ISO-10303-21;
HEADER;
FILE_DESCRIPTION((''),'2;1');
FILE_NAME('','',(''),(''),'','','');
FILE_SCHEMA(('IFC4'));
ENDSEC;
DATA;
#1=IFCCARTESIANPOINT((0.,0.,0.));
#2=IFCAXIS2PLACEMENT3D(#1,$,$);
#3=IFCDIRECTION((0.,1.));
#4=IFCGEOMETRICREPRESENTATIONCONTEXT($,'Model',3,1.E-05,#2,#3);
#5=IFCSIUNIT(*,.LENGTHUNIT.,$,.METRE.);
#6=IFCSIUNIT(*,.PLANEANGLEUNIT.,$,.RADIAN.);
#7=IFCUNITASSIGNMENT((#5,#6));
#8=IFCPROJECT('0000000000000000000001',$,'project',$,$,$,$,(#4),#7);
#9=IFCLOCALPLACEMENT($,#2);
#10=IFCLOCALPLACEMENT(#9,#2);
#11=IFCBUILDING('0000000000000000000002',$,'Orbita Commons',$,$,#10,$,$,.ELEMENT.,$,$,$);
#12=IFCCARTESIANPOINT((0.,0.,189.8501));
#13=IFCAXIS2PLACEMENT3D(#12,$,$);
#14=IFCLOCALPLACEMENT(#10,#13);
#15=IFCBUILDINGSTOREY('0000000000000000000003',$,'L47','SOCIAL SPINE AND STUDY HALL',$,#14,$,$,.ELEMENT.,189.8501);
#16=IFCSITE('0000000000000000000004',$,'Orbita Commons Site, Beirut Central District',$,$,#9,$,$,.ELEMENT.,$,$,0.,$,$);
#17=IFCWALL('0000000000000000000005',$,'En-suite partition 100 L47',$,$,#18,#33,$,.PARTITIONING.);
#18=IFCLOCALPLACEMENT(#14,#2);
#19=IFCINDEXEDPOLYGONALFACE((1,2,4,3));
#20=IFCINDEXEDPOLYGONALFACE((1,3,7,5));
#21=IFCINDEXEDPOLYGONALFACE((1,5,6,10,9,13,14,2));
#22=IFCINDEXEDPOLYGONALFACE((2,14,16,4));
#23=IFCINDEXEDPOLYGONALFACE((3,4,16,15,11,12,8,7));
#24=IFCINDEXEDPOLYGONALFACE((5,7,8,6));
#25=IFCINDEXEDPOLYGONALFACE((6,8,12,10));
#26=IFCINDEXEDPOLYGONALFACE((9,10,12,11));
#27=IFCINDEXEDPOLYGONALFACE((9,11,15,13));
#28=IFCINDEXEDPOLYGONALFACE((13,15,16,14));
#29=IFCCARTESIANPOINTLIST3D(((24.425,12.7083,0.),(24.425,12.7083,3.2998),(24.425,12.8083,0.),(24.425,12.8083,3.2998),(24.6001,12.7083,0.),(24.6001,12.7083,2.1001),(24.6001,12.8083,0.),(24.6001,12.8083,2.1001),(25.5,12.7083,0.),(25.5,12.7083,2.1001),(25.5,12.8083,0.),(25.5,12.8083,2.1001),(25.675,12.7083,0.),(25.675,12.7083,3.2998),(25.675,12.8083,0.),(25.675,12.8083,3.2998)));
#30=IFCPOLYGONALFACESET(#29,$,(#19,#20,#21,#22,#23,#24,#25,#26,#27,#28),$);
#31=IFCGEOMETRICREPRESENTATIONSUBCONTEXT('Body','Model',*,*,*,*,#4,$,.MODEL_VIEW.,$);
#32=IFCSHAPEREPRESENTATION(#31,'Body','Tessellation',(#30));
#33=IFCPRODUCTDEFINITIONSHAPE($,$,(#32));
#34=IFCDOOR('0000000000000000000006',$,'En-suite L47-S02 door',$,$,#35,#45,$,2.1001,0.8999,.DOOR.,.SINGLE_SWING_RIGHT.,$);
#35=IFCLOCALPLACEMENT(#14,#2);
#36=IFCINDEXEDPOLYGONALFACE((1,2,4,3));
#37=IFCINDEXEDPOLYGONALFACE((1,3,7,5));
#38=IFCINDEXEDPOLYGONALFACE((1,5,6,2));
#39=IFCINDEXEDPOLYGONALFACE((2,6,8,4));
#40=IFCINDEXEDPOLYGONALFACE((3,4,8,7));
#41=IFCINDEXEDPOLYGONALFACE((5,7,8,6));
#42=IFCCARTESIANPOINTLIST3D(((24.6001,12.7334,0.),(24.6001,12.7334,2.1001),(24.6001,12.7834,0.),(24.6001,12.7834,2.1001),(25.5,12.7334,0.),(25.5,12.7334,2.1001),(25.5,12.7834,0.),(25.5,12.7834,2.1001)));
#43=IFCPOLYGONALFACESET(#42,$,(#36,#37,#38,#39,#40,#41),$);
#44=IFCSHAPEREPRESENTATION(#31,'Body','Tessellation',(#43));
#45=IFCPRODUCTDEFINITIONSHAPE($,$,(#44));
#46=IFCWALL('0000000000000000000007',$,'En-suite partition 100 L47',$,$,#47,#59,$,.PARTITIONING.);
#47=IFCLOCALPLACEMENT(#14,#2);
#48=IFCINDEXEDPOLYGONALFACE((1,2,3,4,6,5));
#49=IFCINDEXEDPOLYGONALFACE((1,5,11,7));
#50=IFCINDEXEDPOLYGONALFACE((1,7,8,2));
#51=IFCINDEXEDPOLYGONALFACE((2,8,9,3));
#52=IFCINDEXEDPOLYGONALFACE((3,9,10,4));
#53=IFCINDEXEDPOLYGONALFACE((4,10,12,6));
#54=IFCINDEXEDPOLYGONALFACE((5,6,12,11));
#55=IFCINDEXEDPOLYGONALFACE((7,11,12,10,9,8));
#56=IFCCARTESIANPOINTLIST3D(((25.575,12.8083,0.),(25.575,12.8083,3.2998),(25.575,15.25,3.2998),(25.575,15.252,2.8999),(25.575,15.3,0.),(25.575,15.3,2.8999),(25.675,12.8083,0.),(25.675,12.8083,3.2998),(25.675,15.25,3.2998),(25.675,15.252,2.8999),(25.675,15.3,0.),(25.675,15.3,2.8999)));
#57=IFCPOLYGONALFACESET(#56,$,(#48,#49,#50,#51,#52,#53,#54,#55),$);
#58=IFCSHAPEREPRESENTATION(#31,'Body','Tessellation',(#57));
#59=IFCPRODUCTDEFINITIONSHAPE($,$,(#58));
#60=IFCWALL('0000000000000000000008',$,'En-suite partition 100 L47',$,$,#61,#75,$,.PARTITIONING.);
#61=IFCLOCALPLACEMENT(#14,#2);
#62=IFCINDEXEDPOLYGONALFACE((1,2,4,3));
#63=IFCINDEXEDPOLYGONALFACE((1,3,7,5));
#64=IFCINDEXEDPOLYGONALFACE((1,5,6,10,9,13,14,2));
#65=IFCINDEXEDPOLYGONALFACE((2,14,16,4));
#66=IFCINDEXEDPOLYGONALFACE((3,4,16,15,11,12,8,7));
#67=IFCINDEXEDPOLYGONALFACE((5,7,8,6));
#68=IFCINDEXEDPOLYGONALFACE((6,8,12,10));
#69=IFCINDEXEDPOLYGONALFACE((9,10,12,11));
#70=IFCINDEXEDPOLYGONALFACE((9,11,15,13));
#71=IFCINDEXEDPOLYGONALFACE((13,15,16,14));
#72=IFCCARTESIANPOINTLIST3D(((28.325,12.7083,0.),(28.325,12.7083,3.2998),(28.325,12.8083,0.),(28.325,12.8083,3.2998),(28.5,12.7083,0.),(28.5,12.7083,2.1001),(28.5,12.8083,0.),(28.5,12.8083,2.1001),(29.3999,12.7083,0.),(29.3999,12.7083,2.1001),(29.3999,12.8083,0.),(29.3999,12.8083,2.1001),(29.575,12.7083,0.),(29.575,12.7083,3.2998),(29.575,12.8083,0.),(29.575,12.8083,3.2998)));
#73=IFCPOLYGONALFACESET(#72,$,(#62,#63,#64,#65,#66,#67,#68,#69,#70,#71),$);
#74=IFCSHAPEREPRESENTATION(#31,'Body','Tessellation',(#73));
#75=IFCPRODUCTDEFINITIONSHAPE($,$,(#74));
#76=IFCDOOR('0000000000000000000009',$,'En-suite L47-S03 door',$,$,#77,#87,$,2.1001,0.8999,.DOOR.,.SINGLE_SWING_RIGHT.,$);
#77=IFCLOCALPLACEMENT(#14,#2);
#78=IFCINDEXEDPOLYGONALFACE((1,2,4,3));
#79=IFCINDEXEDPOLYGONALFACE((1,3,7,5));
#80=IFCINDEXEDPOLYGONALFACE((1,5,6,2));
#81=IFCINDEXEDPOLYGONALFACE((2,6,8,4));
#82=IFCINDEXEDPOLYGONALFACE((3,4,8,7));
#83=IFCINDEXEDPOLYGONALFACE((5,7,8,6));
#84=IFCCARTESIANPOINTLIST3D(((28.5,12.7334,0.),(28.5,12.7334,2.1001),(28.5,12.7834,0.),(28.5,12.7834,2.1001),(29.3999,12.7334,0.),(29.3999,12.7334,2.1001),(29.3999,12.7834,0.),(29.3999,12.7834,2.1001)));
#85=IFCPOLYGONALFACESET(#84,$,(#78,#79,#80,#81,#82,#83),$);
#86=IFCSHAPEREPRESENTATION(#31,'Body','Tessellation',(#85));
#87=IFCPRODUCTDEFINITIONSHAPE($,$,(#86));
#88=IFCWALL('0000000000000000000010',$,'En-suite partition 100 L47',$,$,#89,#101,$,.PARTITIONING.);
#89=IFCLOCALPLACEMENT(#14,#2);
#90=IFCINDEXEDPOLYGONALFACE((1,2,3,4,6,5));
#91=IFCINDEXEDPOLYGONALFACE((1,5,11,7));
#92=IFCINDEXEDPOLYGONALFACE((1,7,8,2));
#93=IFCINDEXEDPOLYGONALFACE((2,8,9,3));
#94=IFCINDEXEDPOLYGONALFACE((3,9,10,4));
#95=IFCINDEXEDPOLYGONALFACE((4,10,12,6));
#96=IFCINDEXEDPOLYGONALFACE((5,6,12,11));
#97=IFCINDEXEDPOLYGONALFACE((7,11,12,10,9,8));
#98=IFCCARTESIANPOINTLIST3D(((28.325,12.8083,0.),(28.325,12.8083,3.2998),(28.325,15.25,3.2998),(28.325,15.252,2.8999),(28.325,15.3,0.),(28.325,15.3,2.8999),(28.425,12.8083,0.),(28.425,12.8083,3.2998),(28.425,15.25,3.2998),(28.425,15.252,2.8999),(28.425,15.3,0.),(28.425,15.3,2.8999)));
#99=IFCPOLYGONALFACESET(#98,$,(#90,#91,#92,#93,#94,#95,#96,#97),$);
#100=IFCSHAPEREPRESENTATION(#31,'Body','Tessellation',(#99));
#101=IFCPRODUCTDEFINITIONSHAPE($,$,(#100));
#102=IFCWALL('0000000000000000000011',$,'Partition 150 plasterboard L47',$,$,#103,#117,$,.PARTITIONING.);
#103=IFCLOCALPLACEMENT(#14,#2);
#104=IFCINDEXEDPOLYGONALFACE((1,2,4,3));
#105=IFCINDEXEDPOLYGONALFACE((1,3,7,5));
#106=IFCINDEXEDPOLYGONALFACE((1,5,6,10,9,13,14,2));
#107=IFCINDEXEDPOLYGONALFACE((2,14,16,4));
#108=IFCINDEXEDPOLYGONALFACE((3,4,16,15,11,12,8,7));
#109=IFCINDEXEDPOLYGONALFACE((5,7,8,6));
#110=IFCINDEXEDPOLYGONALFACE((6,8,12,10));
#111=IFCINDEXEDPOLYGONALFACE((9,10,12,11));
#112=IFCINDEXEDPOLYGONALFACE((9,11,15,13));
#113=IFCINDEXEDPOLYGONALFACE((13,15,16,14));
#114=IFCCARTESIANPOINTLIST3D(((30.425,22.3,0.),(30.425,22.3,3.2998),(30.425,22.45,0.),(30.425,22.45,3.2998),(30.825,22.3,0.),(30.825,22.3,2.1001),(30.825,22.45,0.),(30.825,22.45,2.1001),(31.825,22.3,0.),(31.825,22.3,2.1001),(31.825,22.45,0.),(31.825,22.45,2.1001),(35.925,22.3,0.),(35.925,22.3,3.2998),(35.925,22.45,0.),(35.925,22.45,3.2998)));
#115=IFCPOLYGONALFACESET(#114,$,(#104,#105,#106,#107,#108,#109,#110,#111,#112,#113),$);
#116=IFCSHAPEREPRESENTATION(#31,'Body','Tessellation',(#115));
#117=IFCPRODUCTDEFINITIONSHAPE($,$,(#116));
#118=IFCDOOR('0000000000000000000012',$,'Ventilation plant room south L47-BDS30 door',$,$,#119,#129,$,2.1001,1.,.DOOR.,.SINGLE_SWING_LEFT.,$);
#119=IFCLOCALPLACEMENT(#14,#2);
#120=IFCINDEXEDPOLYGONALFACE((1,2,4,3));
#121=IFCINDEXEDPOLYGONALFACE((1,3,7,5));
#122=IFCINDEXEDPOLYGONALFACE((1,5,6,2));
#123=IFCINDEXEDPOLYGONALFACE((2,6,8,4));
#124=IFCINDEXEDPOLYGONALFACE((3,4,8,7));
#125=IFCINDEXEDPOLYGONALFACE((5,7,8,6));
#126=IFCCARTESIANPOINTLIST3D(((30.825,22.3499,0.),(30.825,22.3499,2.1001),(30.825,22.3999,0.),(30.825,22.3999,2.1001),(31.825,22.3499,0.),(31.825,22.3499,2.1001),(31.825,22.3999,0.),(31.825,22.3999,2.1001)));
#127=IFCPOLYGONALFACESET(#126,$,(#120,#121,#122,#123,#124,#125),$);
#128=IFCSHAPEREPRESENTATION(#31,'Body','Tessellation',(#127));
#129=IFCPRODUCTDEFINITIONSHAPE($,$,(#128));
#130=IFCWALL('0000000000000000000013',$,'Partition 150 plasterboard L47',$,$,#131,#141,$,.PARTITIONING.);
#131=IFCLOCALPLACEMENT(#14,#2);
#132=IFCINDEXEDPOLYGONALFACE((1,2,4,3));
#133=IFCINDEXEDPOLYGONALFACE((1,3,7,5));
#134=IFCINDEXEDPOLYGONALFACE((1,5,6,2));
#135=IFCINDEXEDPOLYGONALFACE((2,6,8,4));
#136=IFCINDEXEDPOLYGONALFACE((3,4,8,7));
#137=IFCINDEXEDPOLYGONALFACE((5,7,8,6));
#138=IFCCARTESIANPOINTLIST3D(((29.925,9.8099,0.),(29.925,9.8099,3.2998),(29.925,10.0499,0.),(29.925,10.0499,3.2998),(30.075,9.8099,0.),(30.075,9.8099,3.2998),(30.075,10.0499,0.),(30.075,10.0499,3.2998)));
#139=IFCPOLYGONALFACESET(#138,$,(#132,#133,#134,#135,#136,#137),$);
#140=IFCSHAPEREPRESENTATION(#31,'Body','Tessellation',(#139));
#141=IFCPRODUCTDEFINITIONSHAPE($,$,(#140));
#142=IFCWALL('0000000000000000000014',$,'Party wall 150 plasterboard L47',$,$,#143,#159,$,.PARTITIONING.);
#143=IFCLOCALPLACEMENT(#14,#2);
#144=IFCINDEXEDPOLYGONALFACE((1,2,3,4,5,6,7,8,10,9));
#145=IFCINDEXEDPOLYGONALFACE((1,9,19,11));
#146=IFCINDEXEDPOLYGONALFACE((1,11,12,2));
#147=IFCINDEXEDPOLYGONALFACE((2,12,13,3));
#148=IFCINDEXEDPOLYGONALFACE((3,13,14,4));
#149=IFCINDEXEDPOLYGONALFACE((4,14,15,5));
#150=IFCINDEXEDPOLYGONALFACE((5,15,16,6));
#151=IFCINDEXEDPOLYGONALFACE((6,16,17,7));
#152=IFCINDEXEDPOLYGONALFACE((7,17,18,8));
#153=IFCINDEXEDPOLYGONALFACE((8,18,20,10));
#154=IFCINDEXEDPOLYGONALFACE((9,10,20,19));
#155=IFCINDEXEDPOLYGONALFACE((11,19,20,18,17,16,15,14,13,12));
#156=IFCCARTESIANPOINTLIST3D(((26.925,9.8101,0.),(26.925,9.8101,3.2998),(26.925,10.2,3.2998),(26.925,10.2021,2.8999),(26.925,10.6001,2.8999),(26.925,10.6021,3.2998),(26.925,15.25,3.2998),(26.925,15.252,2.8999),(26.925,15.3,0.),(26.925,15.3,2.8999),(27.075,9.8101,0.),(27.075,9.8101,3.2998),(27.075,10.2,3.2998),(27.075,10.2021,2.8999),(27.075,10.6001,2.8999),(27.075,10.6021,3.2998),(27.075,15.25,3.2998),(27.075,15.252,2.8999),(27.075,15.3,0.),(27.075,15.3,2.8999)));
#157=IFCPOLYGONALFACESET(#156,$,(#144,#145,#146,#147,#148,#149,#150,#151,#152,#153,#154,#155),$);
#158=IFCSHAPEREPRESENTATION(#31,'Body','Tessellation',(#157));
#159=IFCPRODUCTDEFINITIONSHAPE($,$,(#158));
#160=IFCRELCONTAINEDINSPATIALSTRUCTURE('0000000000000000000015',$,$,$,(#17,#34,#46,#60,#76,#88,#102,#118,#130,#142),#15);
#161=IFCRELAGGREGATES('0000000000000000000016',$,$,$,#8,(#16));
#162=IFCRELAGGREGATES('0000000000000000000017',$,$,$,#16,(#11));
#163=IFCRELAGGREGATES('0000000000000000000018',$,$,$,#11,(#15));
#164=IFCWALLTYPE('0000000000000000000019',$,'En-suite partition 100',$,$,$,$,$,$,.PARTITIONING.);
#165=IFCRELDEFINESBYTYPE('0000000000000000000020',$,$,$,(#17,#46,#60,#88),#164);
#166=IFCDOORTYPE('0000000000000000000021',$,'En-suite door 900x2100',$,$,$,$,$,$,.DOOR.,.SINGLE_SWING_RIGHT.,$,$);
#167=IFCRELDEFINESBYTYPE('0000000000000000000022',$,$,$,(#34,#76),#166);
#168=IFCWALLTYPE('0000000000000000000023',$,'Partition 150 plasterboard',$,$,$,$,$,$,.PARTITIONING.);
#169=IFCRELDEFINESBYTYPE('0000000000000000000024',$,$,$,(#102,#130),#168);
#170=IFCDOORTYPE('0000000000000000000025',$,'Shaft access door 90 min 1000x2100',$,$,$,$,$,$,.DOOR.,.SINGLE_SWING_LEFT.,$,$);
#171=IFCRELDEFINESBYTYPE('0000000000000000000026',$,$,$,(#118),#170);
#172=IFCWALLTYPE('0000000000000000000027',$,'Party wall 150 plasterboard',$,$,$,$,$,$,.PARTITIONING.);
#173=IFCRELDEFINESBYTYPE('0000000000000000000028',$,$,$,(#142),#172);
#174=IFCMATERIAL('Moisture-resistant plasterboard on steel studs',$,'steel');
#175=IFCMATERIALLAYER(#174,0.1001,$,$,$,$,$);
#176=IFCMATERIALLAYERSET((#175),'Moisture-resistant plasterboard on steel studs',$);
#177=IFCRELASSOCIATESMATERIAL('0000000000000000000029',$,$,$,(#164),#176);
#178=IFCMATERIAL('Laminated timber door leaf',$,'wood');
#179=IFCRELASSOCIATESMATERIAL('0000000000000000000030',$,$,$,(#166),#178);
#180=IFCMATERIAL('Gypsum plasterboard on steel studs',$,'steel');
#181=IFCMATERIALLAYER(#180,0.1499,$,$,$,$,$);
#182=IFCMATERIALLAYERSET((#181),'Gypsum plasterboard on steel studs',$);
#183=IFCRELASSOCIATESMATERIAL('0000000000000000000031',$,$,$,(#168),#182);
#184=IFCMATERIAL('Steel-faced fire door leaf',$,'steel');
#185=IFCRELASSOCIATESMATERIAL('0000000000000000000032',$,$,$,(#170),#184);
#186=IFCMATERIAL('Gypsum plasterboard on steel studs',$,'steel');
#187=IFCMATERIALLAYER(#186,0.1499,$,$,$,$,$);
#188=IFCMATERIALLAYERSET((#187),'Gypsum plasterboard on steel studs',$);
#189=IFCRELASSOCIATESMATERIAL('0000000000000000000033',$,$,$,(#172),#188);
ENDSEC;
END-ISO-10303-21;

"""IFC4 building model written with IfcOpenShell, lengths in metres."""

from ifc_helpers import new_model, si_unit, direction, frame, frame_2d, origin, place, context, subcontext, project, spatial, polyline, rectangle, outline, extrude, material, layer, layer_set, type_object, element, fill, save


model = new_model("IFC4")

# Units and contexts
model_context = context("Model", 3, precision=1e-05, world=origin(), true_north=direction((0.0, 1.0)))
body_context = subcontext(model_context, "Body", "Model", "MODEL_VIEW")
ifc_project = project(units=[si_unit("LENGTHUNIT", "METRE"), si_unit("PLANEANGLEUNIT", "RADIAN")], contexts=[model_context])

# Site, building, storey
site_placement = place(None, origin())
site = spatial("IfcSite", under=ifc_project, at=site_placement, Name="Orbita Commons Site, Beirut Central District", CompositionType="ELEMENT", RefElevation=0.0)
building_placement = place(site_placement, origin())
building = spatial("IfcBuilding", under=site, at=building_placement, Name="Orbita Commons", CompositionType="ELEMENT")
storey_placement = place(building_placement, frame((0.0, 0.0, 189.8501)))
storey = spatial("IfcBuildingStorey", under=building, at=storey_placement, Name="L47", Description="SOCIAL SPINE AND STUDY HALL", CompositionType="ELEMENT", Elevation=189.8501)

# Wall, opening, door
ifc_material_1 = material(Name="Moisture-resistant plasterboard on steel studs", Category="steel")
ifc_layer_1 = layer(ifc_material_1, 0.1001)
ifc_layer_set_1 = layer_set([ifc_layer_1], Name="Moisture-resistant plasterboard on steel studs")
wall_type_1 = type_object("IfcWallType", Name="En-suite partition 100", PredefinedType="PARTITIONING", material=ifc_layer_set_1)
wall_1_placement = place(storey_placement, frame((25.675, 12.7583, 0.0), z_axis=(0.0, 0.0, 1.0), x_axis=(-1.0, 0.0, 0.0)))
wall_1 = element("IfcWall", 1, at=wall_1_placement, inside=storey, type_object=wall_type_1, Name="En-suite partition 100 L47", PredefinedType="PARTITIONING", context=body_context, shape_type="SweptSolid", body=[
    extrude(rectangle(XDim=1.25, YDim=0.1001, at=frame_2d((0.625, 0.0))), origin(), (0.0, 0.0, 1.0), 3.2998),
])
opening_1_placement = place(wall_1_placement, frame((0.175, 0.0, 0.0)))
opening_1 = element("IfcOpeningElement", 2, at=opening_1_placement, cuts=wall_1, PredefinedType="OPENING", context=body_context, shape_type="SweptSolid", body=[
    extrude(rectangle(XDim=0.8999, YDim=2.1001, at=frame_2d((0.45, 1.05))), frame((0.0, 0.0601, 0.0), z_axis=(0.0, -1.0, 0.0), x_axis=(1.0, 0.0, 0.0)), (0.0, 0.0, 1.0), 0.1201),
])
ifc_material_2 = material(Name="Laminated timber door leaf", Category="wood")
door_type_1 = type_object("IfcDoorType", Name="En-suite door 900x2100", OperationType="SINGLE_SWING_RIGHT", PredefinedType="DOOR", material=ifc_material_2)
door_1_placement = place(opening_1_placement, origin())
door_1 = element("IfcDoor", 3, at=door_1_placement, inside=storey, type_object=door_type_1, Name="En-suite L47-S02 door", OperationType="SINGLE_SWING_RIGHT", OverallHeight=2.1001, OverallWidth=0.8999, PredefinedType="DOOR", context=body_context, shape_type="SweptSolid", body=[
    extrude(rectangle(XDim=0.8999, YDim=2.1001, at=frame_2d((0.45, 1.05))), frame((0.0, 0.0249, 0.0), z_axis=(0.0, -1.0, 0.0), x_axis=(1.0, 0.0, 0.0)), (0.0, 0.0, 1.0), 0.05),
])
fill(opening_1, door_1)

# Wall
wall_2_placement = place(storey_placement, frame((25.625, 12.8083, 0.0), z_axis=(0.0, 0.0, 1.0), x_axis=(0.0, 1.0, 0.0)))
element("IfcWall", 4, at=wall_2_placement, inside=storey, type_object=wall_type_1, Name="En-suite partition 100 L47", PredefinedType="PARTITIONING", context=body_context, shape_type="SweptSolid", body=[
    extrude(outline(polyline([(0.0, 0.0), (2.4917, 0.0), (2.4917, 2.8999), (2.4436, 2.8999), (2.4417, 3.2998), (0.0, 3.2998), (0.0, 0.0)])), frame((0.0, 0.05, 0.0), z_axis=(0.0, -1.0, 0.0), x_axis=(1.0, 0.0, 0.0)), (0.0, 0.0, 1.0), 0.1001),
])

# Wall, opening, door
wall_3_placement = place(storey_placement, frame((29.575, 12.7583, 0.0), z_axis=(0.0, 0.0, 1.0), x_axis=(-1.0, 0.0, 0.0)))
wall_3 = element("IfcWall", 5, at=wall_3_placement, inside=storey, type_object=wall_type_1, Name="En-suite partition 100 L47", PredefinedType="PARTITIONING", context=body_context, shape_type="SweptSolid", body=[
    extrude(rectangle(XDim=1.25, YDim=0.1001, at=frame_2d((0.625, 0.0))), origin(), (0.0, 0.0, 1.0), 3.2998),
])
opening_2_placement = place(wall_3_placement, frame((0.175, 0.0, 0.0)))
opening_2 = element("IfcOpeningElement", 6, at=opening_2_placement, cuts=wall_3, PredefinedType="OPENING", context=body_context, shape_type="SweptSolid", body=[
    extrude(rectangle(XDim=0.8999, YDim=2.1001, at=frame_2d((0.45, 1.05))), frame((0.0, 0.0601, 0.0), z_axis=(0.0, -1.0, 0.0), x_axis=(1.0, 0.0, 0.0)), (0.0, 0.0, 1.0), 0.1201),
])
door_2_placement = place(opening_2_placement, origin())
door_2 = element("IfcDoor", 7, at=door_2_placement, inside=storey, type_object=door_type_1, Name="En-suite L47-S03 door", OperationType="SINGLE_SWING_RIGHT", OverallHeight=2.1001, OverallWidth=0.8999, PredefinedType="DOOR", context=body_context, shape_type="SweptSolid", body=[
    extrude(rectangle(XDim=0.8999, YDim=2.1001, at=frame_2d((0.45, 1.05))), frame((0.0, 0.0249, 0.0), z_axis=(0.0, -1.0, 0.0), x_axis=(1.0, 0.0, 0.0)), (0.0, 0.0, 1.0), 0.05),
])
fill(opening_2, door_2)

# Wall
wall_4_placement = place(storey_placement, frame((28.375, 12.8083, 0.0), z_axis=(0.0, 0.0, 1.0), x_axis=(0.0, 1.0, 0.0)))
element("IfcWall", 8, at=wall_4_placement, inside=storey, type_object=wall_type_1, Name="En-suite partition 100 L47", PredefinedType="PARTITIONING", context=body_context, shape_type="SweptSolid", body=[
    extrude(outline(polyline([(0.0, 0.0), (2.4917, 0.0), (2.4917, 2.8999), (2.4436, 2.8999), (2.4417, 3.2998), (0.0, 3.2998), (0.0, 0.0)])), frame((0.0, 0.05, 0.0), z_axis=(0.0, -1.0, 0.0), x_axis=(1.0, 0.0, 0.0)), (0.0, 0.0, 1.0), 0.1001),
])

# Wall, opening, door
ifc_material_3 = material(Name="Gypsum plasterboard on steel studs", Category="steel")
ifc_layer_2 = layer(ifc_material_3, 0.1499)
ifc_layer_set_2 = layer_set([ifc_layer_2], Name="Gypsum plasterboard on steel studs")
wall_type_2 = type_object("IfcWallType", Name="Partition 150 plasterboard", PredefinedType="PARTITIONING", material=ifc_layer_set_2)
wall_5_placement = place(storey_placement, frame((30.425, 22.375, 0.0), z_axis=(0.0, 0.0, 1.0), x_axis=(1.0, 0.0, 0.0)))
wall_5 = element("IfcWall", 9, at=wall_5_placement, inside=storey, type_object=wall_type_2, Name="Partition 150 plasterboard L47", PredefinedType="PARTITIONING", context=body_context, shape_type="SweptSolid", body=[
    extrude(rectangle(XDim=5.5, YDim=0.1499, at=frame_2d((2.75, 0.0))), origin(), (0.0, 0.0, 1.0), 3.2998),
])
opening_3_placement = place(wall_5_placement, frame((0.3999, 0.0, 0.0)))
opening_3 = element("IfcOpeningElement", 10, at=opening_3_placement, cuts=wall_5, PredefinedType="OPENING", context=body_context, shape_type="SweptSolid", body=[
    extrude(rectangle(XDim=1.0, YDim=2.1001, at=frame_2d((0.5, 1.05))), frame((0.0, 0.085, 0.0), z_axis=(0.0, -1.0, 0.0), x_axis=(1.0, 0.0, 0.0)), (0.0, 0.0, 1.0), 0.1699),
])
ifc_material_4 = material(Name="Steel-faced fire door leaf", Category="steel")
door_type_2 = type_object("IfcDoorType", Name="Shaft access door 90 min 1000x2100", OperationType="SINGLE_SWING_LEFT", PredefinedType="DOOR", material=ifc_material_4)
door_3_placement = place(opening_3_placement, origin())
door_3 = element("IfcDoor", 11, at=door_3_placement, inside=storey, type_object=door_type_2, Name="Ventilation plant room south L47-BDS30 door", OperationType="SINGLE_SWING_LEFT", OverallHeight=2.1001, OverallWidth=1.0, PredefinedType="DOOR", context=body_context, shape_type="SweptSolid", body=[
    extrude(rectangle(XDim=1.0, YDim=2.1001, at=frame_2d((0.5, 1.05))), frame((0.0, 0.0249, 0.0), z_axis=(0.0, -1.0, 0.0), x_axis=(1.0, 0.0, 0.0)), (0.0, 0.0, 1.0), 0.05),
])
fill(opening_3, door_3)

# Walls
wall_6_placement = place(storey_placement, frame((30.0, 10.05, 0.0), z_axis=(0.0, 0.0, 1.0), x_axis=(0.0, -1.0, 0.0)))
element("IfcWall", 12, at=wall_6_placement, inside=storey, type_object=wall_type_2, Name="Partition 150 plasterboard L47", PredefinedType="PARTITIONING", context=body_context, shape_type="SweptSolid", body=[
    extrude(rectangle(XDim=0.24, YDim=0.1499, at=frame_2d((0.1201, 0.0))), origin(), (0.0, 0.0, 1.0), 3.2998),
])
ifc_material_5 = material(Name="Gypsum plasterboard on steel studs", Category="steel")
ifc_layer_3 = layer(ifc_material_5, 0.1499)
ifc_layer_set_3 = layer_set([ifc_layer_3], Name="Gypsum plasterboard on steel studs")
wall_type_3 = type_object("IfcWallType", Name="Party wall 150 plasterboard", PredefinedType="PARTITIONING", material=ifc_layer_set_3)
wall_7_placement = place(storey_placement, frame((27.0, 9.8101, 0.0), z_axis=(0.0, 0.0, 1.0), x_axis=(0.0, 1.0, 0.0)))
element("IfcWall", 13, at=wall_7_placement, inside=storey, type_object=wall_type_3, Name="Party wall 150 plasterboard L47", PredefinedType="PARTITIONING", context=body_context, shape_type="SweptSolid", body=[
    extrude(outline(polyline([(0.0, 0.0), (5.49, 0.0), (5.49, 2.8999), (5.4419, 2.8999), (5.4399, 3.2998), (0.792, 3.2998), (0.79, 2.8999), (0.3921, 2.8999), (0.3899, 3.2998), (0.0, 3.2998), (0.0, 0.0)])), frame((0.0, 0.075, 0.0), z_axis=(0.0, -1.0, 0.0), x_axis=(1.0, 0.0, 0.0)), (0.0, 0.0, 1.0), 0.1499),
])

save(model, "model.ifc")
